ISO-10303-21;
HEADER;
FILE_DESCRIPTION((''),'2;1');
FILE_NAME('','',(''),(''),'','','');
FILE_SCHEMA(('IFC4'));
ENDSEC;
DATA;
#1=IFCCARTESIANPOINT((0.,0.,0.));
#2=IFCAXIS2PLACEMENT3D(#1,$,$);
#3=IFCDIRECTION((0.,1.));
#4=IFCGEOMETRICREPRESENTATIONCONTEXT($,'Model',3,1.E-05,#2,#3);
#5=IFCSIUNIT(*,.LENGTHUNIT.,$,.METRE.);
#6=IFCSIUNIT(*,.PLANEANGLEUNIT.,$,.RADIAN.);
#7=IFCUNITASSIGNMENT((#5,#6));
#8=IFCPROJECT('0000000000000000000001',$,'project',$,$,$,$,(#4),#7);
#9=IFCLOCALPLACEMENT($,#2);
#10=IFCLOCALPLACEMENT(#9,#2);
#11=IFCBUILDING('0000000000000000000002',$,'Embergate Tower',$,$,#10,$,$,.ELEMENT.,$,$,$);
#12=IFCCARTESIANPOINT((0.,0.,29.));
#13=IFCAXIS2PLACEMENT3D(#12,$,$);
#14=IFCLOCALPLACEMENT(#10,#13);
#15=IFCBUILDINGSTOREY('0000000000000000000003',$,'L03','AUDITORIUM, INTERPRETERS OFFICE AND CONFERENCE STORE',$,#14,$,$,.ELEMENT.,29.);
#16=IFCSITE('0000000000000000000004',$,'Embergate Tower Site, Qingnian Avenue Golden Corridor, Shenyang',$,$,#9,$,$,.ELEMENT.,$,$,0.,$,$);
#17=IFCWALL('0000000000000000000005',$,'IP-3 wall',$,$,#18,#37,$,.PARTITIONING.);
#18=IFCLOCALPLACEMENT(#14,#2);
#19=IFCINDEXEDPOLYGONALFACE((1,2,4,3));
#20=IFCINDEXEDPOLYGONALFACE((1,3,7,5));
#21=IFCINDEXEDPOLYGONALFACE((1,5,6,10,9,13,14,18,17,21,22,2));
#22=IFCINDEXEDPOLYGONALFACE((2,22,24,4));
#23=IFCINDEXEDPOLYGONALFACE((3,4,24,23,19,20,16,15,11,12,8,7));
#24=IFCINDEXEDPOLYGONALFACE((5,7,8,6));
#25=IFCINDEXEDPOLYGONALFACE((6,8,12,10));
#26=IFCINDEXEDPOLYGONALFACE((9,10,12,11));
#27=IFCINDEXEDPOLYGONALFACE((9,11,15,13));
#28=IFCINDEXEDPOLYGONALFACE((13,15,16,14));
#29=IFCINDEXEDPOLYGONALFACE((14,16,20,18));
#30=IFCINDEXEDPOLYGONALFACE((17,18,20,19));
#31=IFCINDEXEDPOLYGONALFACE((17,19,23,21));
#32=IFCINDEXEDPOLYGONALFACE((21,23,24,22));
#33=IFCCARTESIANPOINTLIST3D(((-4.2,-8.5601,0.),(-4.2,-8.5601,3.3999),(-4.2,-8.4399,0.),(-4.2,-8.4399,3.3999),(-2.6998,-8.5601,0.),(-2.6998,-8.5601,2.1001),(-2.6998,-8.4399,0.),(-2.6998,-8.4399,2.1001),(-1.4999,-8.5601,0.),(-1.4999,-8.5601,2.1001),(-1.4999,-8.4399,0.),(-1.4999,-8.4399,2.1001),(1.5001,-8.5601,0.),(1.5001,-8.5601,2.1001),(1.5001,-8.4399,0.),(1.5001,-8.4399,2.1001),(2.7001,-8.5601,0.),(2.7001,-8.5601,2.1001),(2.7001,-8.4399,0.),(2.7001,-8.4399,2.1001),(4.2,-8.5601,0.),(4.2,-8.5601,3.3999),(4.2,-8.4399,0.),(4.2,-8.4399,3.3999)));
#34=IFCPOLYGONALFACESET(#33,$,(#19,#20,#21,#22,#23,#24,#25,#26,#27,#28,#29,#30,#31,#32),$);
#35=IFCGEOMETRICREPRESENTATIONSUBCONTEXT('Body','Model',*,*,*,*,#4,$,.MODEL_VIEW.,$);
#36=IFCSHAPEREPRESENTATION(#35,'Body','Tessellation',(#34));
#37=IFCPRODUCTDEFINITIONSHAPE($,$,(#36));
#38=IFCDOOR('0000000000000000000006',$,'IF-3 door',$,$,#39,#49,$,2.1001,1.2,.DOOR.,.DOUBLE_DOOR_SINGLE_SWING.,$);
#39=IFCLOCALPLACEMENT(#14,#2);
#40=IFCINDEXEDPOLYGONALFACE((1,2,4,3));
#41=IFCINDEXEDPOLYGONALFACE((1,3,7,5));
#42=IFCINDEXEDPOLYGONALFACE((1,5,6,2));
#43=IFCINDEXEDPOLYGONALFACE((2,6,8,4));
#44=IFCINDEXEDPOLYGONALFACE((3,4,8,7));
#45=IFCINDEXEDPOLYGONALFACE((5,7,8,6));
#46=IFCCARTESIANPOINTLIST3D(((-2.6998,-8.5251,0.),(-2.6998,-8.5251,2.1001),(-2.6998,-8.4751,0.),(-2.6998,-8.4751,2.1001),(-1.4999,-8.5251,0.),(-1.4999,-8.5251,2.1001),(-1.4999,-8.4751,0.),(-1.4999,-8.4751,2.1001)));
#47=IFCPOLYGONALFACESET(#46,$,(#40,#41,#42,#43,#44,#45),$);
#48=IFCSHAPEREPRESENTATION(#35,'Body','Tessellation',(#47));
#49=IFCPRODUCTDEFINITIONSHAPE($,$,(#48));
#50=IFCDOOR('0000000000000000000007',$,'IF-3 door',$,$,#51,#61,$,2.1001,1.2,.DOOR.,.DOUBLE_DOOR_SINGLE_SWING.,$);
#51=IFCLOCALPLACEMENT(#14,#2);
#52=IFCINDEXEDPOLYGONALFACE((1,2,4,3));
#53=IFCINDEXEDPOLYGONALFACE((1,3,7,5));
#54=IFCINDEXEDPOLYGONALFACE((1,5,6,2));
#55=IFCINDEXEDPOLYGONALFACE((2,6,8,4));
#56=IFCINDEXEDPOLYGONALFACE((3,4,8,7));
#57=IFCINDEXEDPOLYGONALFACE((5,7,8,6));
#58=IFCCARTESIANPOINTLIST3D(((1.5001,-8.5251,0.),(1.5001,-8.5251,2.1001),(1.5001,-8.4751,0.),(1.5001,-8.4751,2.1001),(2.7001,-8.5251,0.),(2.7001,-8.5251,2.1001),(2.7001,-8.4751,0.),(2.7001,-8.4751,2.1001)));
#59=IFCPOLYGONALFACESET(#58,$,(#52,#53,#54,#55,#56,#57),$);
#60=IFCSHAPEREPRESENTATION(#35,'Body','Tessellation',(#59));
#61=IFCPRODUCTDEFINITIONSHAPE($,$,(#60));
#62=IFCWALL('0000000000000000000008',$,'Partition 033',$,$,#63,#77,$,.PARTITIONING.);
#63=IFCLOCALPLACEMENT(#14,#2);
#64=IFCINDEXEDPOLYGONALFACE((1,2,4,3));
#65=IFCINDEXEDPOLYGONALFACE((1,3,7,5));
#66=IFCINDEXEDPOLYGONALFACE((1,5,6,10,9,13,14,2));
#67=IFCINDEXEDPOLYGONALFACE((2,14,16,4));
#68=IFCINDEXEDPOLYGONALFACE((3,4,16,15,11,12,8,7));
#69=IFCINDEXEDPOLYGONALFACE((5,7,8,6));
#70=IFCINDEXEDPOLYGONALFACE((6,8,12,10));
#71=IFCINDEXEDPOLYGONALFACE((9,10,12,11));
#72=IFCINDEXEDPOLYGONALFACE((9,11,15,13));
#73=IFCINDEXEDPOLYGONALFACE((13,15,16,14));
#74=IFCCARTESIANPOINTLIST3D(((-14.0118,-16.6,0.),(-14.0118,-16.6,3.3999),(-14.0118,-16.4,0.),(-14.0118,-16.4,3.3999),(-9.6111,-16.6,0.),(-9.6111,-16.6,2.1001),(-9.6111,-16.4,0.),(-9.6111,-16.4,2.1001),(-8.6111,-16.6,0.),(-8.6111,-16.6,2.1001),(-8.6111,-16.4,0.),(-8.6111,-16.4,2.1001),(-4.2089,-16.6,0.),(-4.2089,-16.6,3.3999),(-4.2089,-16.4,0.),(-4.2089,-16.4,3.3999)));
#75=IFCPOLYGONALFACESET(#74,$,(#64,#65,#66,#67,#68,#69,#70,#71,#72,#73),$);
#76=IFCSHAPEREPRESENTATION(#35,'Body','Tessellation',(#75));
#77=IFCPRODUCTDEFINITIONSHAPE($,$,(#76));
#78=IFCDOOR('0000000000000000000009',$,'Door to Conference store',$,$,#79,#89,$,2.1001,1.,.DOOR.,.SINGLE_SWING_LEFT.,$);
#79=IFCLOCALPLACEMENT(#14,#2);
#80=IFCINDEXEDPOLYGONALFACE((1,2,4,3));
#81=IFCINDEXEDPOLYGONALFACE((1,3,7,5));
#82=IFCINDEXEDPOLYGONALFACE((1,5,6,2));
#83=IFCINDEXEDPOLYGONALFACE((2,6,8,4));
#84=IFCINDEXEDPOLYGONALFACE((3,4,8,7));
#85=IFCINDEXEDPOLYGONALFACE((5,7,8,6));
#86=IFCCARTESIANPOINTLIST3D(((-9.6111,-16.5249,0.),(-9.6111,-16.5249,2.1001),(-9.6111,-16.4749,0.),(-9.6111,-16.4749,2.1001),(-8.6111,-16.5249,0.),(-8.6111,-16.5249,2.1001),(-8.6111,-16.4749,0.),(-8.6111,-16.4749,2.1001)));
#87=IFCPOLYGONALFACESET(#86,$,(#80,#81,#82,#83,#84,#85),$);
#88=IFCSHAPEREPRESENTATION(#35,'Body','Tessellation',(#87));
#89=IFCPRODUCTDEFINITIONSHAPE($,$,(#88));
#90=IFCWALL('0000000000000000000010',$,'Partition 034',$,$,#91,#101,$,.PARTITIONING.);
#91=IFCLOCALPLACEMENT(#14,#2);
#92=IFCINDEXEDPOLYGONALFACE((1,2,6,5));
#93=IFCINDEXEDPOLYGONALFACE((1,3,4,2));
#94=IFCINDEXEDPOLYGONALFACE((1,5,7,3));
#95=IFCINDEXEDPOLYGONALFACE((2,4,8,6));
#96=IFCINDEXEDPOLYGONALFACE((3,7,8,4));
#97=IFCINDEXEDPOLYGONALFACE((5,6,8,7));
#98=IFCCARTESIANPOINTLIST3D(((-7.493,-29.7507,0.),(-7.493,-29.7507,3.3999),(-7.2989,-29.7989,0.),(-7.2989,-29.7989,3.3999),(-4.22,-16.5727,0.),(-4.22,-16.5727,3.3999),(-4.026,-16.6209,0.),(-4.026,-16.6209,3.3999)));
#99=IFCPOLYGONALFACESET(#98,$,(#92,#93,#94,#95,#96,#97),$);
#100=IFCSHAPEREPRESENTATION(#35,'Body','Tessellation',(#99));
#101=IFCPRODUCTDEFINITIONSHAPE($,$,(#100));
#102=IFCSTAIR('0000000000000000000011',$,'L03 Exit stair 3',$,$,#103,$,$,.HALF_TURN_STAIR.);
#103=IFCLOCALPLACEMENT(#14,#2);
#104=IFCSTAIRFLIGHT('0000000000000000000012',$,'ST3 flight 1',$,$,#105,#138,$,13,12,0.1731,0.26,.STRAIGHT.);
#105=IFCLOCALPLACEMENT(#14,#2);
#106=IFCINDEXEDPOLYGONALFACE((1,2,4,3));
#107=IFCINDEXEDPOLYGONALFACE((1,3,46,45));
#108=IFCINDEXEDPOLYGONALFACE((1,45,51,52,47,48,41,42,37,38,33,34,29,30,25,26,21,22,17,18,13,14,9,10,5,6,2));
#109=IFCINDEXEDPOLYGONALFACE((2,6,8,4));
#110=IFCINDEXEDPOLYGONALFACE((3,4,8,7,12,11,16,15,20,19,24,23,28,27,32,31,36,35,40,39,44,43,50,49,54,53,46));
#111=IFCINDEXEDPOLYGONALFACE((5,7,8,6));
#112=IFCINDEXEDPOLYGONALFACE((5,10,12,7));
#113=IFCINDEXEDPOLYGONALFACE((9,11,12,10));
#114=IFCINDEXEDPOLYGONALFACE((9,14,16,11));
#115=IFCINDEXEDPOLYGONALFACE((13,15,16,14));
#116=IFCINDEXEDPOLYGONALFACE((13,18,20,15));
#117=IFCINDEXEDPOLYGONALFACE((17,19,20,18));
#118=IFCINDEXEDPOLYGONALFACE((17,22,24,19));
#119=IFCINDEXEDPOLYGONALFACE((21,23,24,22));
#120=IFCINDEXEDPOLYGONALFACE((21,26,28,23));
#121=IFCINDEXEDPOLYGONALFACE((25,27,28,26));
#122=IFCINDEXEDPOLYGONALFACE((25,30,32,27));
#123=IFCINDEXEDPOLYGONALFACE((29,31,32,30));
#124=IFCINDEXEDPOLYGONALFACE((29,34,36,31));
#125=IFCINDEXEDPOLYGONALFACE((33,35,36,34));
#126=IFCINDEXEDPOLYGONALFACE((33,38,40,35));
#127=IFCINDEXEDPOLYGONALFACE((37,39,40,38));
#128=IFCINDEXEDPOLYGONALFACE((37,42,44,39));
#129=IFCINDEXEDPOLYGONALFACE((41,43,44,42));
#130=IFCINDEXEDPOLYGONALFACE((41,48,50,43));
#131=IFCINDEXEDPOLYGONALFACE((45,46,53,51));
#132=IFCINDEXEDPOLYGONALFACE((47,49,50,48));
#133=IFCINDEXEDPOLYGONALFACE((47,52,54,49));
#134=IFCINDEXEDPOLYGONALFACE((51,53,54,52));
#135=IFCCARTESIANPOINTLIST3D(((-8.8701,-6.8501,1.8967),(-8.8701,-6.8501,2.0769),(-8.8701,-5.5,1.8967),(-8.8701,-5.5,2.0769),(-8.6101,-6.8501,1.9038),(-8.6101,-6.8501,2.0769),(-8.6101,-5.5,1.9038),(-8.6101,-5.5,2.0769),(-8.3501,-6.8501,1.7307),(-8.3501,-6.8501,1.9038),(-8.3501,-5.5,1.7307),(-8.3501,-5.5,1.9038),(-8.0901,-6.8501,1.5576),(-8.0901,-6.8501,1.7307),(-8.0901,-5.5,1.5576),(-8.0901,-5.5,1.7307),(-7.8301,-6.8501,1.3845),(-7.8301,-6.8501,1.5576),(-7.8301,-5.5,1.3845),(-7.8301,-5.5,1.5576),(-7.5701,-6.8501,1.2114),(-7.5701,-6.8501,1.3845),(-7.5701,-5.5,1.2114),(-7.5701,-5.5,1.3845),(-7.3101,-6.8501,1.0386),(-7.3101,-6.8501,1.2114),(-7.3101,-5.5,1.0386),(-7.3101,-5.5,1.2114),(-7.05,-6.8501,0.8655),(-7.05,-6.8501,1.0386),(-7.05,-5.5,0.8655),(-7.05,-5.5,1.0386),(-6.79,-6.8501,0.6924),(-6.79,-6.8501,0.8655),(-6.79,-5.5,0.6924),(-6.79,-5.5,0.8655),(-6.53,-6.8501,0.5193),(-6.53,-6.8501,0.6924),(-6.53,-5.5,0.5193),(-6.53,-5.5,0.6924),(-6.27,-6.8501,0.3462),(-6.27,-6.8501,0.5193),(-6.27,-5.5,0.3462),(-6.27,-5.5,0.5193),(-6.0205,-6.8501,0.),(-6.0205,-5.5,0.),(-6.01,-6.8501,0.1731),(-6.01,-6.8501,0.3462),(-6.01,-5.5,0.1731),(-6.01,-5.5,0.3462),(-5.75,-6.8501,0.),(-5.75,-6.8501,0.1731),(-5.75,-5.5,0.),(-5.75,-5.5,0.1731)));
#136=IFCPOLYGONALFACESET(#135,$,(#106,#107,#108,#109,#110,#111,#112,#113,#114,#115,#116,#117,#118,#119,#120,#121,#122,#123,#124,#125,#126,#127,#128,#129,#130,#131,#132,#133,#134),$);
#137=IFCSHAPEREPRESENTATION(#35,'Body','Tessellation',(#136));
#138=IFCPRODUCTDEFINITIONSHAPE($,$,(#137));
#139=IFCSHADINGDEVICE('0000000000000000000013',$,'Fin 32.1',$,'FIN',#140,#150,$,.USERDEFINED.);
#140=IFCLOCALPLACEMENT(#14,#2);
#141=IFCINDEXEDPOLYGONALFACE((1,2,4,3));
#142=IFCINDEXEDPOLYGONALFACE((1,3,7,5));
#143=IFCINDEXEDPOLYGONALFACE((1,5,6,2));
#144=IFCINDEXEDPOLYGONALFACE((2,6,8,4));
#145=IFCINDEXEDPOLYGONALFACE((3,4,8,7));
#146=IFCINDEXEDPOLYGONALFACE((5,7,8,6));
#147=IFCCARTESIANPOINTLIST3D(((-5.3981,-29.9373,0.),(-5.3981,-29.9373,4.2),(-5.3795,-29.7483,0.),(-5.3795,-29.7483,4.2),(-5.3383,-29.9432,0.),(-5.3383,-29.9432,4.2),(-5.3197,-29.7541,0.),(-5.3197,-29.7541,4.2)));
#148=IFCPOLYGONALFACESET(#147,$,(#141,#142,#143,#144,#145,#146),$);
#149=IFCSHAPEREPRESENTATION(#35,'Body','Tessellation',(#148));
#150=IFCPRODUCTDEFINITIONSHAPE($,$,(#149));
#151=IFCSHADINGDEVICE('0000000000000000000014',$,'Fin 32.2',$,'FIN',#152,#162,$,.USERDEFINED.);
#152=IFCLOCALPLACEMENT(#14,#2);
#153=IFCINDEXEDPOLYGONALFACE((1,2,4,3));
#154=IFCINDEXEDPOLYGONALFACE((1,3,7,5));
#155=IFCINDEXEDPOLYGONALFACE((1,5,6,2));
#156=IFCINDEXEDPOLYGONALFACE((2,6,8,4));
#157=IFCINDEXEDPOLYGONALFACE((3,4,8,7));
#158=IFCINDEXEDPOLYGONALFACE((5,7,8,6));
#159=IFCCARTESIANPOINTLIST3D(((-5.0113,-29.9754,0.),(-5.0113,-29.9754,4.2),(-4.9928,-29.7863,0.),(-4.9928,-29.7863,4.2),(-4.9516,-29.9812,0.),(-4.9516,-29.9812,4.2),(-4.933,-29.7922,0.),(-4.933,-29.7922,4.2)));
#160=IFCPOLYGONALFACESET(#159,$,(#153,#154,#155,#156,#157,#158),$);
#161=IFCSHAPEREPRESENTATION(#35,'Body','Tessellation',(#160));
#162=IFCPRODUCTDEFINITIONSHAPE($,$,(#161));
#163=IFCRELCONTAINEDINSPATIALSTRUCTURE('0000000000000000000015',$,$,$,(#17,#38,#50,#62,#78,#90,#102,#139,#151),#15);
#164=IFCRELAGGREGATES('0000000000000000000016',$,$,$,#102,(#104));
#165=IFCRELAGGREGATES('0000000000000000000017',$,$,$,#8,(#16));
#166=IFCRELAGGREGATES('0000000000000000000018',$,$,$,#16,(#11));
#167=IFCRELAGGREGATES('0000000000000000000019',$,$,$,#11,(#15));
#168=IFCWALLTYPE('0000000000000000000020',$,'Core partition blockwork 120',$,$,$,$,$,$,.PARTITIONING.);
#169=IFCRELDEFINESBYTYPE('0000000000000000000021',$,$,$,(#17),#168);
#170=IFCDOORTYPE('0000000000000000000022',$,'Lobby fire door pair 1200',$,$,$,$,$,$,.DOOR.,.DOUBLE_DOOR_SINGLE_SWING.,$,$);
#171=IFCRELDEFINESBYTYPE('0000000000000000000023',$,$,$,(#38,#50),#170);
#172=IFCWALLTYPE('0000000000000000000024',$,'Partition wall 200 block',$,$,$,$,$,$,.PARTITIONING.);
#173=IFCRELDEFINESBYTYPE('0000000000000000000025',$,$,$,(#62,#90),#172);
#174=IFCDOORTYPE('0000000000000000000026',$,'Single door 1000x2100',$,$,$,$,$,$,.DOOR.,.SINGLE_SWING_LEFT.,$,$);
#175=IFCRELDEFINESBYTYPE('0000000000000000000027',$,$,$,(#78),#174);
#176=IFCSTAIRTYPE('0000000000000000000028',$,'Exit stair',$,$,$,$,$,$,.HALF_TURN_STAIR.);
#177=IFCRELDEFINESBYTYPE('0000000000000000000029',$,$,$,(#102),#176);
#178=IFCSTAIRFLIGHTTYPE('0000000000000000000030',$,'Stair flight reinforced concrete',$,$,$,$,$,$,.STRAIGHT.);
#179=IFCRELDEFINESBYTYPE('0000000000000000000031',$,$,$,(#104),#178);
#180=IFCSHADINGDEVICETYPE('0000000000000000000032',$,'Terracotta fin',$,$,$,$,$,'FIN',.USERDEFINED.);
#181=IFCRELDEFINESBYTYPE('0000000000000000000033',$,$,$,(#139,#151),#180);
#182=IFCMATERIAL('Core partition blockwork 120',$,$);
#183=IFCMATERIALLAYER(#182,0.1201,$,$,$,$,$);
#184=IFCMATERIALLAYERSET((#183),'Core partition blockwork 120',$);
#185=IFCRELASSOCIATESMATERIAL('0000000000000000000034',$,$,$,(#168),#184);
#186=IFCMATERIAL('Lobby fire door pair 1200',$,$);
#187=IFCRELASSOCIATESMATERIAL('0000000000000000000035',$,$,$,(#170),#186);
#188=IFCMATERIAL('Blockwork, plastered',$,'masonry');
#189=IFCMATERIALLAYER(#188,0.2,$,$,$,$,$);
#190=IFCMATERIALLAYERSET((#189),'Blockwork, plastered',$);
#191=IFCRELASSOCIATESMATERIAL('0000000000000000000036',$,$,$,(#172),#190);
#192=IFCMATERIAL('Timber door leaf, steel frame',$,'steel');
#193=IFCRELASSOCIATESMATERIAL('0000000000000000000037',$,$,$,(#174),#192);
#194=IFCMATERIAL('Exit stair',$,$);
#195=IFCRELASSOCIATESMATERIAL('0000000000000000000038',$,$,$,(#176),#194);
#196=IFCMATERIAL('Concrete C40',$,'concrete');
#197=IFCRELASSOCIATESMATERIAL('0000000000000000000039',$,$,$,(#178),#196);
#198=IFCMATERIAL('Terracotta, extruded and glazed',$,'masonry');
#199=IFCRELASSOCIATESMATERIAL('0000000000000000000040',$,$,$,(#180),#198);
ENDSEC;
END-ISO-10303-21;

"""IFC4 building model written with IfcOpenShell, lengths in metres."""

from ifc_helpers import new_model, si_unit, direction, frame, frame_2d, origin, origin_2d, place, context, subcontext, project, spatial, polyline, rectangle, outline, extrude, source, transform, mapped, material, layer, layer_set, material_profile, profile_set, type_object, element, fill, aggregate, save


model = new_model("IFC4")

# Units and contexts
model_context = context("Model", 3, precision=1e-05, world=origin(), true_north=direction((0.0, 1.0)))
body_context = subcontext(model_context, "Body", "Model", "MODEL_VIEW")
ifc_project = project(units=[si_unit("LENGTHUNIT", "METRE"), si_unit("PLANEANGLEUNIT", "RADIAN")], contexts=[model_context])

# Site, building, storey
site_placement = place(None, origin())
site = spatial("IfcSite", under=ifc_project, at=site_placement, Name="Embergate Tower Site, Qingnian Avenue Golden Corridor, Shenyang", CompositionType="ELEMENT", RefElevation=0.0)
building_placement = place(site_placement, origin())
building = spatial("IfcBuilding", under=site, at=building_placement, Name="Embergate Tower", CompositionType="ELEMENT")
storey_placement = place(building_placement, frame((0.0, 0.0, 29.0)))
storey = spatial("IfcBuildingStorey", under=building, at=storey_placement, Name="L03", Description="AUDITORIUM, INTERPRETERS OFFICE AND CONFERENCE STORE", CompositionType="ELEMENT", Elevation=29.0)

# Shared definitions
ifc_material_1 = material(Name="Core partition blockwork 120")
ifc_layer_1 = layer(ifc_material_1, 0.1201)
ifc_layer_set_1 = layer_set([ifc_layer_1], Name="Core partition blockwork 120")
wall_type_1 = type_object("IfcWallType", Name="Core partition blockwork 120", PredefinedType="PARTITIONING", material=ifc_layer_set_1)

# Shared definitions
shared_shape_1 = source(origin(), body_context, "Body", "SweptSolid", [
    extrude(rectangle(XDim=1.2, YDim=2.1001, at=frame_2d((0.6001, 1.05))), frame((0.0, 0.0249, 0.0), z_axis=(0.0, -1.0, 0.0), x_axis=(1.0, 0.0, 0.0)), (0.0, 0.0, 1.0), 0.05),
])

# Wall, openings, doors
shared_shape_2 = source(origin(), body_context, "Body", "SweptSolid", [
    extrude(rectangle(XDim=8.3999, YDim=0.1201, at=frame_2d((4.2, 0.0))), origin(), (0.0, 0.0, 1.0), 3.3999),
])
wall_1_placement = place(storey_placement, frame((-4.2, -8.5, 0.0), z_axis=(0.0, 0.0, 1.0), x_axis=(1.0, 0.0, 0.0)))
wall_1 = element("IfcWall", 1, at=wall_1_placement, inside=storey, type_object=wall_type_1, Name="IP-3 wall", PredefinedType="PARTITIONING", context=body_context, shape_type="MappedRepresentation", body=[
    mapped(shared_shape_2, transform((0.0, 0.0, 0.0))),
])
shared_shape_3 = source(origin(), body_context, "Body", "SweptSolid", [
    extrude(rectangle(XDim=1.2, YDim=2.1001, at=frame_2d((0.6001, 1.05))), frame((0.0, 0.0701, 0.0), z_axis=(0.0, -1.0, 0.0), x_axis=(1.0, 0.0, 0.0)), (0.0, 0.0, 1.0), 0.1401),
])
opening_1_placement = place(wall_1_placement, frame((1.5, 0.0, 0.0)))
opening_1 = element("IfcOpeningElement", 2, at=opening_1_placement, cuts=wall_1, PredefinedType="OPENING", context=body_context, shape_type="MappedRepresentation", body=[
    mapped(shared_shape_3, transform((0.0, 0.0, 0.0))),
])
opening_2_placement = place(wall_1_placement, frame((5.7, 0.0, 0.0)))
opening_2 = element("IfcOpeningElement", 3, at=opening_2_placement, cuts=wall_1, PredefinedType="OPENING", context=body_context, shape_type="MappedRepresentation", body=[
    mapped(shared_shape_3, transform((0.0, 0.0, 0.0))),
])
ifc_material_2 = material(Name="Lobby fire door pair 1200")
door_type_1 = type_object("IfcDoorType", Name="Lobby fire door pair 1200", OperationType="DOUBLE_DOOR_SINGLE_SWING", PredefinedType="DOOR", material=ifc_material_2)
door_1_placement = place(opening_1_placement, origin())
door_1 = element("IfcDoor", 4, at=door_1_placement, inside=storey, type_object=door_type_1, Name="IF-3 door", OperationType="DOUBLE_DOOR_SINGLE_SWING", OverallHeight=2.1001, OverallWidth=1.2, PredefinedType="DOOR", context=body_context, shape_type="MappedRepresentation", body=[
    mapped(shared_shape_1, transform((0.0, 0.0, 0.0))),
])
fill(opening_1, door_1)
door_2_placement = place(opening_2_placement, origin())
door_2 = element("IfcDoor", 5, at=door_2_placement, inside=storey, type_object=door_type_1, Name="IF-3 door", OperationType="DOUBLE_DOOR_SINGLE_SWING", OverallHeight=2.1001, OverallWidth=1.2, PredefinedType="DOOR", context=body_context, shape_type="MappedRepresentation", body=[
    mapped(shared_shape_1, transform((0.0, 0.0, 0.0))),
])
fill(opening_2, door_2)

# Wall, opening, door
ifc_material_3 = material(Name="Blockwork, plastered", Category="masonry")
ifc_layer_2 = layer(ifc_material_3, 0.2)
ifc_layer_set_2 = layer_set([ifc_layer_2], Name="Blockwork, plastered")
wall_type_2 = type_object("IfcWallType", Name="Partition wall 200 block", PredefinedType="PARTITIONING", material=ifc_layer_set_2)
shared_shape_4 = source(origin(), body_context, "Body", "SweptSolid", [
    extrude(rectangle(XDim=9.803, YDim=0.2, at=frame_2d((4.9014, 0.0))), origin(), (0.0, 0.0, 1.0), 3.3999),
])
wall_2_placement = place(storey_placement, frame((-4.209, -16.5, 0.0), z_axis=(0.0, 0.0, 1.0), x_axis=(-1.0, 0.0, 0.0)))
wall_2 = element("IfcWall", 6, at=wall_2_placement, inside=storey, type_object=wall_type_2, Name="Partition 033", PredefinedType="PARTITIONING", context=body_context, shape_type="MappedRepresentation", body=[
    mapped(shared_shape_4, transform((0.0, 0.0, 0.0))),
])
shared_shape_5 = source(origin(), body_context, "Body", "SweptSolid", [
    extrude(rectangle(XDim=1.0, YDim=2.1001, at=frame_2d((0.5, 1.05))), frame((0.0, 0.1099, 0.0), z_axis=(0.0, -1.0, 0.0), x_axis=(1.0, 0.0, 0.0)), (0.0, 0.0, 1.0), 0.22),
])
opening_3_placement = place(wall_2_placement, frame((4.4021, 0.0, 0.0)))
opening_3 = element("IfcOpeningElement", 7, at=opening_3_placement, cuts=wall_2, PredefinedType="OPENING", context=body_context, shape_type="MappedRepresentation", body=[
    mapped(shared_shape_5, transform((0.0, 0.0, 0.0))),
])
ifc_material_4 = material(Name="Timber door leaf, steel frame", Category="steel")
door_type_2 = type_object("IfcDoorType", Name="Single door 1000x2100", OperationType="SINGLE_SWING_LEFT", PredefinedType="DOOR", material=ifc_material_4)
shared_shape_6 = source(origin(), body_context, "Body", "SweptSolid", [
    extrude(rectangle(XDim=1.0, YDim=2.1001, at=frame_2d((0.5, 1.05))), frame((0.0, 0.0249, 0.0), z_axis=(0.0, -1.0, 0.0), x_axis=(1.0, 0.0, 0.0)), (0.0, 0.0, 1.0), 0.05),
])
door_3_placement = place(opening_3_placement, origin())
door_3 = element("IfcDoor", 8, at=door_3_placement, inside=storey, type_object=door_type_2, Name="Door to Conference store", OperationType="SINGLE_SWING_LEFT", OverallHeight=2.1001, OverallWidth=1.0, PredefinedType="DOOR", context=body_context, shape_type="MappedRepresentation", body=[
    mapped(shared_shape_6, transform((0.0, 0.0, 0.0))),
])
fill(opening_3, door_3)

# Wall
shared_shape_7 = source(origin(), body_context, "Body", "SweptSolid", [
    extrude(rectangle(XDim=13.5784, YDim=0.2, at=frame_2d((6.7891, 0.0))), origin(), (0.0, 0.0, 1.0), 3.3999),
])
wall_3_placement = place(storey_placement, frame((-4.123, -16.5969, 0.0), z_axis=(0.0, 0.0, 1.0), x_axis=(-0.241042, -0.970515, 0.0)))
element("IfcWall", 9, at=wall_3_placement, inside=storey, type_object=wall_type_2, Name="Partition 034", PredefinedType="PARTITIONING", context=body_context, shape_type="MappedRepresentation", body=[
    mapped(shared_shape_7, transform((0.0, 0.0, 0.0))),
])

# Stair, stair flight
ifc_material_5 = material(Name="Exit stair")
stair_type = type_object("IfcStairType", Name="Exit stair", PredefinedType="HALF_TURN_STAIR", material=ifc_material_5)
stair_placement = place(storey_placement, origin())
stair = element("IfcStair", 10, at=stair_placement, inside=storey, type_object=stair_type, Name="L03 Exit stair 3", PredefinedType="HALF_TURN_STAIR")
ifc_material_6 = material(Name="Concrete C40", Category="concrete")
stair_flight_type = type_object("IfcStairFlightType", Name="Stair flight reinforced concrete", PredefinedType="STRAIGHT", material=ifc_material_6)
shared_shape_8 = source(origin(), body_context, "Body", "SweptSolid", [
    extrude(outline(polyline([(0.0, 0.0), (0.0, 0.1731), (0.26, 0.1731), (0.26, 0.3462), (0.52, 0.3462), (0.52, 0.5193), (0.78, 0.5193), (0.78, 0.6924), (1.04, 0.6924), (1.04, 0.8655), (1.3, 0.8655), (1.3, 1.0386), (1.5601, 1.0386), (1.5601, 1.2114), (1.8201, 1.2114), (1.8201, 1.3845), (2.0801, 1.3845), (2.0801, 1.5576), (2.3401, 1.5576), (2.3401, 1.7307), (2.6001, 1.7307), (2.6001, 1.9038), (2.8601, 1.9038), (2.8601, 2.0769), (3.1201, 2.0769), (3.1201, 2.25), (3.1201, 1.8967), (0.2705, 0.0), (0.0, 0.0)])), frame((0.0, 0.675, 0.0), z_axis=(0.0, -1.0, 0.0), x_axis=(1.0, 0.0, 0.0)), (0.0, 0.0, 1.0), 1.3501),
])
stair_flight_placement = place(storey_placement, frame((-5.75, -6.175, 0.0), z_axis=(0.0, 0.0, 1.0), x_axis=(-1.0, 0.0, 0.0)))
stair_flight = element("IfcStairFlight", 11, at=stair_flight_placement, type_object=stair_flight_type, Name="ST3 flight 1", NumberOfRisers=13, NumberOfTreads=12, PredefinedType="STRAIGHT", RiserHeight=0.1731, TreadLength=0.26, context=body_context, shape_type="MappedRepresentation", body=[
    mapped(shared_shape_8, transform((0.0, 0.0, 0.0))),
])
aggregate(stair, [stair_flight])

# Shading devices
ifc_material_7 = material(Name="Terracotta, extruded and glazed", Category="masonry")
ifc_material_profile_1 = material_profile(ifc_material_7, rectangle(XDim=0.1899, YDim=0.0601, at=origin_2d()), Name="TC 190x60")
ifc_profile_set_1 = profile_set([ifc_material_profile_1], Name="Terracotta, extruded and glazed")
shading_device_type = type_object("IfcShadingDeviceType", Name="Terracotta fin", ElementType="FIN", PredefinedType="USERDEFINED", material=ifc_profile_set_1)
shared_shape_9 = source(origin(), body_context, "Body", "SweptSolid", [
    extrude(rectangle(XDim=0.1899, YDim=0.0601, at=origin_2d()), origin(), (0.0, 0.0, 1.0), 4.2),
])
for number, where, z_axis, x_axis, name in (
    (12, (-5.3589, -29.8457, 0.0), (0.0, 0.0, 1.0), (0.097831, 0.995203, 0.0), "Fin 32.1"),
    (13, (-4.9722, -29.8838, 0.0), (0.0, 0.0, 1.0), (0.097831, 0.995203, 0.0), "Fin 32.2"),
):
    element("IfcShadingDevice", number, at=place(storey_placement, frame(where, z_axis=z_axis, x_axis=x_axis)), inside=storey, type_object=shading_device_type, Name=name, ObjectType="FIN", PredefinedType="USERDEFINED", context=body_context, shape_type="MappedRepresentation", body=[
        mapped(shared_shape_9, transform((0.0, 0.0, 0.0))),
    ])

save(model, "model.ifc")
